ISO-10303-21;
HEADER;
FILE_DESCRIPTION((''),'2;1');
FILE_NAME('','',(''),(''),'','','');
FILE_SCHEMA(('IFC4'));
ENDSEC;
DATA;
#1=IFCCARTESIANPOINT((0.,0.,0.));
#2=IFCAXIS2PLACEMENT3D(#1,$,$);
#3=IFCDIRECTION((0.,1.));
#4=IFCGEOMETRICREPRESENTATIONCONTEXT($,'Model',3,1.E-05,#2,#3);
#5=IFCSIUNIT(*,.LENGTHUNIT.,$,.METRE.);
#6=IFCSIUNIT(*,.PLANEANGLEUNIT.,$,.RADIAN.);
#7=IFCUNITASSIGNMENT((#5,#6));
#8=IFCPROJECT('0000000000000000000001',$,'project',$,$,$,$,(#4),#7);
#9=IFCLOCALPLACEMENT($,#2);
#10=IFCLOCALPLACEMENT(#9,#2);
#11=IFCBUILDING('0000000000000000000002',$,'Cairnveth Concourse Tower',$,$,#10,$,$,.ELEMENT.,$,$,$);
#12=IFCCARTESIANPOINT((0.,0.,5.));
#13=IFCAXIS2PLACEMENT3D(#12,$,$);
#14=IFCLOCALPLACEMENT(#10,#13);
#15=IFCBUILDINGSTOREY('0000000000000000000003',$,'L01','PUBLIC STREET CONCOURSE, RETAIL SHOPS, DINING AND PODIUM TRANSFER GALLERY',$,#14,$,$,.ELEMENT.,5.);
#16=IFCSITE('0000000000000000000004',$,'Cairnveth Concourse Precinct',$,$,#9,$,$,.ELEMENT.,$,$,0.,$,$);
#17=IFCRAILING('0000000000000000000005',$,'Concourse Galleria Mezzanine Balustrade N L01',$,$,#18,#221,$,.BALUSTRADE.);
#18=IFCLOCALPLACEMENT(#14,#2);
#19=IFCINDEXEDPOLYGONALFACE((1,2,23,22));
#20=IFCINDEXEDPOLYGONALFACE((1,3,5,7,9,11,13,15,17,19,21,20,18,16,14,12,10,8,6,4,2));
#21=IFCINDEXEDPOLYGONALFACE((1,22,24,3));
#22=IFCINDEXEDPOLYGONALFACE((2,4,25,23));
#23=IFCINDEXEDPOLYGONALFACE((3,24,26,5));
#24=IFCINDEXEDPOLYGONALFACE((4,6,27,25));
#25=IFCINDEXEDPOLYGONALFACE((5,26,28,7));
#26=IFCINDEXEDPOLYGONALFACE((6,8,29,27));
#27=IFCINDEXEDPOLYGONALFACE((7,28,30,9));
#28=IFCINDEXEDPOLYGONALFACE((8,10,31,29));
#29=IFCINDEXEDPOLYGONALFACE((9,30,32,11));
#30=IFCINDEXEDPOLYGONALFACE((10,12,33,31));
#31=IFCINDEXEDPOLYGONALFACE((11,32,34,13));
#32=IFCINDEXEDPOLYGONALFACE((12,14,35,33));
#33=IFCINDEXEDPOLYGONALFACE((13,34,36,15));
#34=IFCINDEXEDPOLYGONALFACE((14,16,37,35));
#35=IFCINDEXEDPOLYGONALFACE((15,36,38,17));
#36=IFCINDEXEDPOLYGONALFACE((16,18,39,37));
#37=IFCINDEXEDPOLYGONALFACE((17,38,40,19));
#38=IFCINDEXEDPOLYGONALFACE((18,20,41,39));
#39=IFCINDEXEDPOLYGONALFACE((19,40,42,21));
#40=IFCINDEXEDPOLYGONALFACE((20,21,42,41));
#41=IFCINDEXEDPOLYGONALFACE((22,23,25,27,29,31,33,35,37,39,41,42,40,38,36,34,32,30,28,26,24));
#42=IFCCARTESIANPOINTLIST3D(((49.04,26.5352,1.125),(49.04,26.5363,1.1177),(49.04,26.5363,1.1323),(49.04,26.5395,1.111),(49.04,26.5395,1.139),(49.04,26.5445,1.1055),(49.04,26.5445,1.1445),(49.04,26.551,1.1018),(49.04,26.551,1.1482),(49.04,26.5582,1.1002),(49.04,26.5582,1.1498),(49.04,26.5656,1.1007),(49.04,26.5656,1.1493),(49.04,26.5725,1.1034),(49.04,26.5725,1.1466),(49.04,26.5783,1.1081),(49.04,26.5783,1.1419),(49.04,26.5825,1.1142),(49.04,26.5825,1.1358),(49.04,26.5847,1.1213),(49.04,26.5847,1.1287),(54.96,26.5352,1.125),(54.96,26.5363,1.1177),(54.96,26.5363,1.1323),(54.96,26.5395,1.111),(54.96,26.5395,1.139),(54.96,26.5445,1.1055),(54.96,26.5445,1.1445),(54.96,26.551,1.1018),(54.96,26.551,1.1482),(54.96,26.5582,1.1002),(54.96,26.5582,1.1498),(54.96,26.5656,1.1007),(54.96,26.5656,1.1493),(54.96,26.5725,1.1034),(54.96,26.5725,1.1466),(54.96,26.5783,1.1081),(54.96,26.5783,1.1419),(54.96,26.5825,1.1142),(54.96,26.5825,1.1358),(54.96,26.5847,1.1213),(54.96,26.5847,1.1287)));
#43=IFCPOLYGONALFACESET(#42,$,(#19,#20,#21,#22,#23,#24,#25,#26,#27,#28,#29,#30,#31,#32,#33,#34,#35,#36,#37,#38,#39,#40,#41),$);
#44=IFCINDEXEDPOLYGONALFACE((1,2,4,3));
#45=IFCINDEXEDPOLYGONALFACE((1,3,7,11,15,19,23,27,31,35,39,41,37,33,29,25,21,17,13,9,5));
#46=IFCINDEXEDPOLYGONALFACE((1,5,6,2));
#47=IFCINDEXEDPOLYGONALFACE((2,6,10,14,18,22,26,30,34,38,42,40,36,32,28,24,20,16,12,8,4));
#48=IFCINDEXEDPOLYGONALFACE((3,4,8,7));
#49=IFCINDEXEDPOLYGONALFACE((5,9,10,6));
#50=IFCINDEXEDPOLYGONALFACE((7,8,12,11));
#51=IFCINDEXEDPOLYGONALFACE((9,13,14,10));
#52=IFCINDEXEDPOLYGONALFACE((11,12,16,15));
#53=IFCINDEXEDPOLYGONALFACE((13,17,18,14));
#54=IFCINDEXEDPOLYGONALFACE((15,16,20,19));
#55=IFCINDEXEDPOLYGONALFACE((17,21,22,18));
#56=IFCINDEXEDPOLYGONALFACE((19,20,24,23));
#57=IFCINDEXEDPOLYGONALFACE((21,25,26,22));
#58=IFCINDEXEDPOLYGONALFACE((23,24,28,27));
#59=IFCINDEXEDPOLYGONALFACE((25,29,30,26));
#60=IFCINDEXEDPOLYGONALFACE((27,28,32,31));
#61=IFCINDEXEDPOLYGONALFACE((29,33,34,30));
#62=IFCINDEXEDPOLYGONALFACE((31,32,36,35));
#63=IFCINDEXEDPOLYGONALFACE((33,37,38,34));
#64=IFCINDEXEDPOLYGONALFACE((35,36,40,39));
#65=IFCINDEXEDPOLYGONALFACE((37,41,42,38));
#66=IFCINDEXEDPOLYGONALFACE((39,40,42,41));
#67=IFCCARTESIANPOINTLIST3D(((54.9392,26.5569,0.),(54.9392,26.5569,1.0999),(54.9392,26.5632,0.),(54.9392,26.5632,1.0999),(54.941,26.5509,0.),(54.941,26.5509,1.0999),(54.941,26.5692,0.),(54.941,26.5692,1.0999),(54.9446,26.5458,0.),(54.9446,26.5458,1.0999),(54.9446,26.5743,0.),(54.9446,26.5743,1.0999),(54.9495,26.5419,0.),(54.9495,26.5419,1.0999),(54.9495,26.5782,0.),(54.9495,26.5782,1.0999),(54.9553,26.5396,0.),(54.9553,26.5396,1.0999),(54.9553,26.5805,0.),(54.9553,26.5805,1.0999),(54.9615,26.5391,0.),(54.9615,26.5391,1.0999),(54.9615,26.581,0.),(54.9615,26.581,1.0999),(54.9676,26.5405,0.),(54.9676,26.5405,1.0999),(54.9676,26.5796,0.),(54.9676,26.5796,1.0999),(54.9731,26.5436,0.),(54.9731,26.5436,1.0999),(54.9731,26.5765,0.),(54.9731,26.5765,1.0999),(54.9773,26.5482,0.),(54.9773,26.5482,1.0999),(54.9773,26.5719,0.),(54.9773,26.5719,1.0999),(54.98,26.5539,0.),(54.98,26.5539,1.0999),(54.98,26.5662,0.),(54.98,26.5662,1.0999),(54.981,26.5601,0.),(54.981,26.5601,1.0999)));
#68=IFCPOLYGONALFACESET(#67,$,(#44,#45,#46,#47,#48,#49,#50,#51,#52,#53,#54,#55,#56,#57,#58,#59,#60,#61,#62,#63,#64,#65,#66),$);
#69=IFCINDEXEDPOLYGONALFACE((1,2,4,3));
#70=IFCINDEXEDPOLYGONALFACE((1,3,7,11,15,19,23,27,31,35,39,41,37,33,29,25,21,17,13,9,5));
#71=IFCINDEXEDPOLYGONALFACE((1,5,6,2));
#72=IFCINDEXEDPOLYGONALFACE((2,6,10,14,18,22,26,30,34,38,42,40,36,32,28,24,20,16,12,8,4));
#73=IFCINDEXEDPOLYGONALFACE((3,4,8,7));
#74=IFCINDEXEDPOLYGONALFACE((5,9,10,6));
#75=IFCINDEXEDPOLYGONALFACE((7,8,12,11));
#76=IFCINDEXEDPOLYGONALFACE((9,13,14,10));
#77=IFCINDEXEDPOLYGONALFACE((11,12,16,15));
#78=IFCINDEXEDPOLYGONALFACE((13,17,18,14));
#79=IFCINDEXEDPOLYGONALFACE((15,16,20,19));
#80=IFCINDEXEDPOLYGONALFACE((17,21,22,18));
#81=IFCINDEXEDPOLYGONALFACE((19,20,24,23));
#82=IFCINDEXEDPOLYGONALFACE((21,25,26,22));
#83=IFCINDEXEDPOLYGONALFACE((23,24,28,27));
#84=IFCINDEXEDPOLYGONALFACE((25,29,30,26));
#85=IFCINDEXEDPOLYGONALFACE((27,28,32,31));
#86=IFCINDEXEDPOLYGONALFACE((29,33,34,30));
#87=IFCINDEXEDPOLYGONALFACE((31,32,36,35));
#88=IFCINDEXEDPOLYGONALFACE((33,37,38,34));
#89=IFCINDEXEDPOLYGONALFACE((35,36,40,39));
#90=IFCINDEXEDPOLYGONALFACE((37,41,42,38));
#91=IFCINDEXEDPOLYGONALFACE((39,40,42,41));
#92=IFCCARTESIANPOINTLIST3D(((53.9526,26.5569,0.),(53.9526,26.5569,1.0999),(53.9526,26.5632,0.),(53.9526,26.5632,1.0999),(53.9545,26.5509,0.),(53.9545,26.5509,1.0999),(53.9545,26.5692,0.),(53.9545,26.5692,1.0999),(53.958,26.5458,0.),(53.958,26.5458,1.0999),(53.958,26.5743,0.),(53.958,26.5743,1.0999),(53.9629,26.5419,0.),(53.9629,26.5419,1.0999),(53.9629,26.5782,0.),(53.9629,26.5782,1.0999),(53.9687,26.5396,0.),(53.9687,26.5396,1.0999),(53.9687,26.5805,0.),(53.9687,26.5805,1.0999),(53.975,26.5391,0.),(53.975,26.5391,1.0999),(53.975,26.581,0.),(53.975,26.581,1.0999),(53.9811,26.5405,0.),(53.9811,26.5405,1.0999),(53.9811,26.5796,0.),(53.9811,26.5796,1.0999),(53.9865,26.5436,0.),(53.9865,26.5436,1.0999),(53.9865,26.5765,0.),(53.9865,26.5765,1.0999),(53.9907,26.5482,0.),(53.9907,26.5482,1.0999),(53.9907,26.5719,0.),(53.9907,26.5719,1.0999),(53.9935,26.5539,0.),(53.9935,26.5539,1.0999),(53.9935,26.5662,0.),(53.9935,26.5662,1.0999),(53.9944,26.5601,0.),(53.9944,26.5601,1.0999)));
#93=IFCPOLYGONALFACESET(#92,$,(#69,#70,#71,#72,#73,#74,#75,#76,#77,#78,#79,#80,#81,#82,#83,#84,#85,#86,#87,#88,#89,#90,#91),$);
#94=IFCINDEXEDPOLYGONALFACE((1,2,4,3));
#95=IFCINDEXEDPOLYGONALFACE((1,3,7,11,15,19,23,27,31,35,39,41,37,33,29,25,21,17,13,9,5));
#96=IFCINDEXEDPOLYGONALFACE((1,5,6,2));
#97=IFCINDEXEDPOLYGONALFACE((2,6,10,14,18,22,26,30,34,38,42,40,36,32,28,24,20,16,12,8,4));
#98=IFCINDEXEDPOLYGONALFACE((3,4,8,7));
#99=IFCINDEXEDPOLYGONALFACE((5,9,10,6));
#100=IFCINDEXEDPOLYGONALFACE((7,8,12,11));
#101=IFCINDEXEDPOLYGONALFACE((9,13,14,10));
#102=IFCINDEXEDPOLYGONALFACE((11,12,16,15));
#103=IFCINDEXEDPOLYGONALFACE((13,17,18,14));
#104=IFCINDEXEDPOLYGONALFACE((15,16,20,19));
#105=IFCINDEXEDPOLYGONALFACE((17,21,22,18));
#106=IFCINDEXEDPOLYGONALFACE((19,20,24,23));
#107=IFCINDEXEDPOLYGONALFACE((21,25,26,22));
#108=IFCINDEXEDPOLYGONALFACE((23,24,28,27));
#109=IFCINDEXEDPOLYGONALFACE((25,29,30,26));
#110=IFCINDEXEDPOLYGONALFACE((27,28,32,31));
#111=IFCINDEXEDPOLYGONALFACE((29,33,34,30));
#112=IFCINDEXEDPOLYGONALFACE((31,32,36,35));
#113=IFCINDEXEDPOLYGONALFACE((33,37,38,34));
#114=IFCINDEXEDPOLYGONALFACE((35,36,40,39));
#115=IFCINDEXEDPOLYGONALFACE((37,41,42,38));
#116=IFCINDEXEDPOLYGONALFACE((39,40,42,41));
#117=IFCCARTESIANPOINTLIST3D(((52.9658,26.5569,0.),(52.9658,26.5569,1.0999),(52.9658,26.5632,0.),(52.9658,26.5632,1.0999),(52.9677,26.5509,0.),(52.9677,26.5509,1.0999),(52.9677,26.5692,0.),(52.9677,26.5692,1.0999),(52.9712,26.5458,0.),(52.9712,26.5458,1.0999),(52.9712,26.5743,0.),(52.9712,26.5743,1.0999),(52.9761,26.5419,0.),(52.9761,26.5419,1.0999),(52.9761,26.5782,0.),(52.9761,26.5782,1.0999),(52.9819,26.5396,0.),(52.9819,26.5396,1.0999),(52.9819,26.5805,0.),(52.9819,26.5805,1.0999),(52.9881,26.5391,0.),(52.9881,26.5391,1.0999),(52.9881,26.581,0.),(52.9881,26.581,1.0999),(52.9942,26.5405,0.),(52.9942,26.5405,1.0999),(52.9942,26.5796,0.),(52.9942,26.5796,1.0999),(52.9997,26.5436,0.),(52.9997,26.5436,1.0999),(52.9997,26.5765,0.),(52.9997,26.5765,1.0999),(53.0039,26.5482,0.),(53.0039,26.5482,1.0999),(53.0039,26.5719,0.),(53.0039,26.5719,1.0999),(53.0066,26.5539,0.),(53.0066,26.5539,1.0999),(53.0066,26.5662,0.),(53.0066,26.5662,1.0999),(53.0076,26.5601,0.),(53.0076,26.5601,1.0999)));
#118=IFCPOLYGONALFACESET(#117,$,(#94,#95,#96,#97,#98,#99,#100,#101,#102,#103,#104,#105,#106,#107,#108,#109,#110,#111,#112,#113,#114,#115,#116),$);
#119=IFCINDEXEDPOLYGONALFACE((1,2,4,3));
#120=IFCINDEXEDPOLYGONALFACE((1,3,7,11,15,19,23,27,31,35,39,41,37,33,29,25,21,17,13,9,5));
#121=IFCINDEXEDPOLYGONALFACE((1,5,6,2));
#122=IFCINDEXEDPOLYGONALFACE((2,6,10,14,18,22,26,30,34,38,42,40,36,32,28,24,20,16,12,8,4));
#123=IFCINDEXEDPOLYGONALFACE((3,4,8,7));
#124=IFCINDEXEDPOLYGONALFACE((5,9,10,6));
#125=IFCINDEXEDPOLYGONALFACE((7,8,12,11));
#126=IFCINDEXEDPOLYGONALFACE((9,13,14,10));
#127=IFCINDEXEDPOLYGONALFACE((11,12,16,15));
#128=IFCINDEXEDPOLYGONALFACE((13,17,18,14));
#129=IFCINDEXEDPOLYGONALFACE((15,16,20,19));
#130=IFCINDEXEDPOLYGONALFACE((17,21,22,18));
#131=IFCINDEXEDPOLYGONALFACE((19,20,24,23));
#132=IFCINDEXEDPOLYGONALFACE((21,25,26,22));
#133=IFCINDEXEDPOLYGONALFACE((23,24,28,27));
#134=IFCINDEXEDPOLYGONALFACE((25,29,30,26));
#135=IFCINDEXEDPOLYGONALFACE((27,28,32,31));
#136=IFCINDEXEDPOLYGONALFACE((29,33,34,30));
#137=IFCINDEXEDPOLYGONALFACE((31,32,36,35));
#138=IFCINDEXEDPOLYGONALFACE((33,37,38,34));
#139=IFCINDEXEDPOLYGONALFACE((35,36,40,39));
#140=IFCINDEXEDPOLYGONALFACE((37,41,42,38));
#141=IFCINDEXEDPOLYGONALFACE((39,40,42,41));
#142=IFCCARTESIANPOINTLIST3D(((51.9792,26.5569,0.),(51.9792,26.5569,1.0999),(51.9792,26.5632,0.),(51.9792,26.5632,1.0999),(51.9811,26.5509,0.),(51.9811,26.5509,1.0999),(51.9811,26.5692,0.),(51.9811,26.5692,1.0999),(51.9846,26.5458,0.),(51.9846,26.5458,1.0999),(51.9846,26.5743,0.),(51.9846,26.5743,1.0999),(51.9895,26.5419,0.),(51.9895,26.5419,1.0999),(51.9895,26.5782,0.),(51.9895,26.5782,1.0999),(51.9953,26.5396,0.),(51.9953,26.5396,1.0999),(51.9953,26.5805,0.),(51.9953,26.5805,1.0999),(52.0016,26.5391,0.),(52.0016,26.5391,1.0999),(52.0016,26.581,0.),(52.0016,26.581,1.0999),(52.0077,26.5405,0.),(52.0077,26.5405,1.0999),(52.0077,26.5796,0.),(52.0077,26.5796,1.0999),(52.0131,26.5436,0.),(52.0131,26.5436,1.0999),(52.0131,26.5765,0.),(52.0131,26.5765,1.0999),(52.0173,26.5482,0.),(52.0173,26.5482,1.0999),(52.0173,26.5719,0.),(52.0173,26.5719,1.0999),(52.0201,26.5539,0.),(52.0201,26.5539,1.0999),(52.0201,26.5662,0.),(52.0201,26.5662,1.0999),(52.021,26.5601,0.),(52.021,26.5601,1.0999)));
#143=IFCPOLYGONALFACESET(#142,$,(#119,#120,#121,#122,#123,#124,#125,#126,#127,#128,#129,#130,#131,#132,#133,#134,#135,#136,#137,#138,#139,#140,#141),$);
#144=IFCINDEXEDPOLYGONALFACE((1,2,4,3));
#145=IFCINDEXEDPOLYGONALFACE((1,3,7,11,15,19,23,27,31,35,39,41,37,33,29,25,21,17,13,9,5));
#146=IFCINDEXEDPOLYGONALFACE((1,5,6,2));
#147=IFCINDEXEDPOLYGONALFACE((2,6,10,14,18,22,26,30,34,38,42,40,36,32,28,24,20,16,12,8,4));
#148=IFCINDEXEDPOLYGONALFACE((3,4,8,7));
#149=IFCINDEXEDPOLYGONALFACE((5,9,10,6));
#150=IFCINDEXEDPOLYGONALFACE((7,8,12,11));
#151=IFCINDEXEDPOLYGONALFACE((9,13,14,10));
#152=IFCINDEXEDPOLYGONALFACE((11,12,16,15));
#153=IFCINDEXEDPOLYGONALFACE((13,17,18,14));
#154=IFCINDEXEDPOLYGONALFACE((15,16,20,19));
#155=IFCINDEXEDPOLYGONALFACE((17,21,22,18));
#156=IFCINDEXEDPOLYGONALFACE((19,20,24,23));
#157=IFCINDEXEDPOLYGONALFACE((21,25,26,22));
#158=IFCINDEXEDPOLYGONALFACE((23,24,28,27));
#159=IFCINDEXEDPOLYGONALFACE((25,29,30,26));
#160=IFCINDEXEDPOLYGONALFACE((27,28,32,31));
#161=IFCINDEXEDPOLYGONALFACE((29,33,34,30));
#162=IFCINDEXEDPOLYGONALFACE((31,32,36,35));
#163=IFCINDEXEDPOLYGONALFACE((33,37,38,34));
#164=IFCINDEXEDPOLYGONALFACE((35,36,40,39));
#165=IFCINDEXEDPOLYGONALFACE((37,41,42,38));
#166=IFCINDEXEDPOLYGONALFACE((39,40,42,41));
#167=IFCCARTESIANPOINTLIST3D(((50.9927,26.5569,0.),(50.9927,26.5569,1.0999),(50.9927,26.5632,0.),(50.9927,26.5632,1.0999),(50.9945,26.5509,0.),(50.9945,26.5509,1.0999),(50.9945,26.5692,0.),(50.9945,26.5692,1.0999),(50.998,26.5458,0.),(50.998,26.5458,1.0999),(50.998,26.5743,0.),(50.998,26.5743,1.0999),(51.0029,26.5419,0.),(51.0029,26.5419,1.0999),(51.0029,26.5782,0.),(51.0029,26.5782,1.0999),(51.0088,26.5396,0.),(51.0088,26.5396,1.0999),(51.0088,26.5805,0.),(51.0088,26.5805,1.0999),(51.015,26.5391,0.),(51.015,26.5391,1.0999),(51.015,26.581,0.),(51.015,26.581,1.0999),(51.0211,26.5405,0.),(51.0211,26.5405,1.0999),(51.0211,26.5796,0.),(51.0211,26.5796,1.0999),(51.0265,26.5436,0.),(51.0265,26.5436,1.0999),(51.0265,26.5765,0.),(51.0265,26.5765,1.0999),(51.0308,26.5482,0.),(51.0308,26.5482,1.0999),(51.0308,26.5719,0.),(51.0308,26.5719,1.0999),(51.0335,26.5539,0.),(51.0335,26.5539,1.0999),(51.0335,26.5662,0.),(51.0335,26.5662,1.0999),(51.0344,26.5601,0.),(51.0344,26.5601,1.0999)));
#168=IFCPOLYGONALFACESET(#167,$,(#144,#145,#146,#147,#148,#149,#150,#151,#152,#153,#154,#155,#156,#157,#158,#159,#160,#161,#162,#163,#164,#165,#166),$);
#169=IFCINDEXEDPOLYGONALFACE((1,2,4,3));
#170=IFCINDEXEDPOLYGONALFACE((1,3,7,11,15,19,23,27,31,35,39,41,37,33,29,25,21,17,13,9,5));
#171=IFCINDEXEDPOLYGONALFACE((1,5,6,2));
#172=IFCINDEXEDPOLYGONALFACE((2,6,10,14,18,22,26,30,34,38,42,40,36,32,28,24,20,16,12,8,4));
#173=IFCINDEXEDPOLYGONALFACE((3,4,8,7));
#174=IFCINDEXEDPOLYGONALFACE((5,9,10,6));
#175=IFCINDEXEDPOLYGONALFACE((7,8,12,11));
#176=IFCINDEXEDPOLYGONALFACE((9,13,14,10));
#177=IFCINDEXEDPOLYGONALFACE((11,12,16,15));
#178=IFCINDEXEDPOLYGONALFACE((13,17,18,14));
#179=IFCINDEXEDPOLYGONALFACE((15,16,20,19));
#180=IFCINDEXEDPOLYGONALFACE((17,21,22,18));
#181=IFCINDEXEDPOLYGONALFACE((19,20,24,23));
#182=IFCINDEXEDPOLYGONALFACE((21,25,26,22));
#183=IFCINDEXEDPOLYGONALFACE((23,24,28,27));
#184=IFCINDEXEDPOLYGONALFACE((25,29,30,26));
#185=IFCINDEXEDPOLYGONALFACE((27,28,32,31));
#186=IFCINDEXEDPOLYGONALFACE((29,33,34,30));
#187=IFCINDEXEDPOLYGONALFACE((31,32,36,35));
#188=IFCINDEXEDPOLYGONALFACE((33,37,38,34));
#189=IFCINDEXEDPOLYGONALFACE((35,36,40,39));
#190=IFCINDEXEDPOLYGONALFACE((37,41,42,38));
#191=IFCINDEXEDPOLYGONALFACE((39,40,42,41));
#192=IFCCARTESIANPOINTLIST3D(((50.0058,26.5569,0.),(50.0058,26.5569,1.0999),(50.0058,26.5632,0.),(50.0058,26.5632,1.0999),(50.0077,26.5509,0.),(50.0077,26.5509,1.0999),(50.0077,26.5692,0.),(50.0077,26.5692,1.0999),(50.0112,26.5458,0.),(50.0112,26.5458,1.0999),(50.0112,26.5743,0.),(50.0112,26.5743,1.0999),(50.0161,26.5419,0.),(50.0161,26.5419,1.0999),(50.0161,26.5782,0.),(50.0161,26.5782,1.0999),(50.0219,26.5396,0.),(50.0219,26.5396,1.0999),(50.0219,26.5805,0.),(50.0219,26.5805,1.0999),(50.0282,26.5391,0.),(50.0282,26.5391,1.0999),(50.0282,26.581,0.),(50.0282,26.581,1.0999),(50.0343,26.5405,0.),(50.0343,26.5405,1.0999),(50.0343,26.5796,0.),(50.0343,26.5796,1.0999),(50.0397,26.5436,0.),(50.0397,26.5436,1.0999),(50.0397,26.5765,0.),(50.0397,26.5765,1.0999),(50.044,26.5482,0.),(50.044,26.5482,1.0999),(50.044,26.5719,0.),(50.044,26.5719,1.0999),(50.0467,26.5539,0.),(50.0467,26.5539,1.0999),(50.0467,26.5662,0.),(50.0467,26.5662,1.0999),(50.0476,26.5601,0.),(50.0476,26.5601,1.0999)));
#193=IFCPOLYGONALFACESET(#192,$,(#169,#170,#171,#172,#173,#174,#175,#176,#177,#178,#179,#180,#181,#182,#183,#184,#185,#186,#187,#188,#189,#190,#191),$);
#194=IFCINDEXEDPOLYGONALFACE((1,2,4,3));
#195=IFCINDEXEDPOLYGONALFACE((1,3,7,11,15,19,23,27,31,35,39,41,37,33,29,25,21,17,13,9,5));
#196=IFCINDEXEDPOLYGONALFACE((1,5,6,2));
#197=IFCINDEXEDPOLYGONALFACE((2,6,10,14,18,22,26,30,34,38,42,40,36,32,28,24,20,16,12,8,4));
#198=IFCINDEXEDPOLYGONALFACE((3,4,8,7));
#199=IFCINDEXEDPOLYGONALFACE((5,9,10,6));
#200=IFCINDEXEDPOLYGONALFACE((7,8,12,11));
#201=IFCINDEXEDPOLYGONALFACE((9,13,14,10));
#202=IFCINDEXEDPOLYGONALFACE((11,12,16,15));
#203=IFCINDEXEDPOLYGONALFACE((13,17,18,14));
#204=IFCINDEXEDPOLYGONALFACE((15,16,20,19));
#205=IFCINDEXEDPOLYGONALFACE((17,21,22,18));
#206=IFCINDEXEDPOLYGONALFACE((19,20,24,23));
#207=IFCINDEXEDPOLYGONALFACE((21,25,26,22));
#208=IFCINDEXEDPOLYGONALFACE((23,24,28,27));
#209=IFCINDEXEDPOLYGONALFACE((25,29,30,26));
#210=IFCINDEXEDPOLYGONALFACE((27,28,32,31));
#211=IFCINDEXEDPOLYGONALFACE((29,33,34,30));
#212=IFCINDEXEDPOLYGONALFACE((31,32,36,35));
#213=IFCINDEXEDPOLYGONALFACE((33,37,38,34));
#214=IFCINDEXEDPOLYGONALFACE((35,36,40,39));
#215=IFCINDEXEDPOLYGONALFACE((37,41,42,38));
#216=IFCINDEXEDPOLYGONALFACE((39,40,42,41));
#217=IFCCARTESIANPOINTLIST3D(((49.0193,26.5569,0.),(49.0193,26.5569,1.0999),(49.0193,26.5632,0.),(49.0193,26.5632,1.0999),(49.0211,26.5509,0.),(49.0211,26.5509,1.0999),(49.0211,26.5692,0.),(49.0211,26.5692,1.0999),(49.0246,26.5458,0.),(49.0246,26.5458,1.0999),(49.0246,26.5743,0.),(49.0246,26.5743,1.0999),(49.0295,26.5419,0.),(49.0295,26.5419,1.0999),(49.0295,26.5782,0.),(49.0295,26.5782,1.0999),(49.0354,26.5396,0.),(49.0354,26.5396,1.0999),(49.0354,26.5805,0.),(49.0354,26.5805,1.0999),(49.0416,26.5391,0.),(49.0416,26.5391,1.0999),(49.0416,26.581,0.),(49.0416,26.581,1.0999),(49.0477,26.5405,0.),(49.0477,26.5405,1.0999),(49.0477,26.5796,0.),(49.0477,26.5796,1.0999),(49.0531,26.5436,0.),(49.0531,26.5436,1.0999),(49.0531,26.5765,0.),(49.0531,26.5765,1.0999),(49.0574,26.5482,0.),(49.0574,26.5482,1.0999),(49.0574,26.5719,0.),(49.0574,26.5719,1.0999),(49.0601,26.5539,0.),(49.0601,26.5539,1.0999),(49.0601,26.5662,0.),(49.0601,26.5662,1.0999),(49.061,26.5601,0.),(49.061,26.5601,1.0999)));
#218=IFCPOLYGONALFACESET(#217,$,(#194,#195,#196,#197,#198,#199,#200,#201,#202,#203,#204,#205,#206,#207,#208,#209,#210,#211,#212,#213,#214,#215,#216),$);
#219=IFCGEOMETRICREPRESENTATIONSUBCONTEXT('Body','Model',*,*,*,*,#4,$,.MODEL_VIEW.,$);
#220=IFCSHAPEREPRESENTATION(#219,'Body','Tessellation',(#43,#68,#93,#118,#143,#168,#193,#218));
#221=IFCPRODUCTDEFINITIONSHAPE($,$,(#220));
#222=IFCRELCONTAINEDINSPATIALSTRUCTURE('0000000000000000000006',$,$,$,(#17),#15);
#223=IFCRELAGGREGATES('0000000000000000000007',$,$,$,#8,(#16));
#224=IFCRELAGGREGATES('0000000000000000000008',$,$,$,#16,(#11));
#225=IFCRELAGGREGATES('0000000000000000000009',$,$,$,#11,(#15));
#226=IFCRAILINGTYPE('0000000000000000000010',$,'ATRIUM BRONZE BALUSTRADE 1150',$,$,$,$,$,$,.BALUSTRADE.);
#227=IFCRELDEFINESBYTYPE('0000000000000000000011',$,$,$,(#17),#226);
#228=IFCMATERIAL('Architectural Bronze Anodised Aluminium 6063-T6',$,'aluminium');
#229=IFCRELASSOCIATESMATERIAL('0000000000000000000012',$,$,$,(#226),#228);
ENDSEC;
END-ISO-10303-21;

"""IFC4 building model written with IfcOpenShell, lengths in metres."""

from ifc_helpers import new_model, si_unit, direction, frame, origin, origin_2d, place, context, subcontext, project, spatial, circle, extrude, material, type_object, element, save


model = new_model("IFC4")

# Units and contexts
model_context = context("Model", 3, precision=1e-05, world=origin(), true_north=direction((0.0, 1.0)))
body_context = subcontext(model_context, "Body", "Model", "MODEL_VIEW")
ifc_project = project(units=[si_unit("LENGTHUNIT", "METRE"), si_unit("PLANEANGLEUNIT", "RADIAN")], contexts=[model_context])

# Site, building, storey
site_placement = place(None, origin())
site = spatial("IfcSite", under=ifc_project, at=site_placement, Name="Cairnveth Concourse Precinct", CompositionType="ELEMENT", RefElevation=0.0)
building_placement = place(site_placement, origin())
building = spatial("IfcBuilding", under=site, at=building_placement, Name="Cairnveth Concourse Tower", CompositionType="ELEMENT")
storey_placement = place(building_placement, frame((0.0, 0.0, 5.0)))
storey = spatial("IfcBuildingStorey", under=building, at=storey_placement, Name="L01", Description="PUBLIC STREET CONCOURSE, RETAIL SHOPS, DINING AND PODIUM TRANSFER GALLERY", CompositionType="ELEMENT", Elevation=5.0)

# Shared definitions
ifc_material_1 = material(Name="Architectural Bronze Anodised Aluminium 6063-T6", Category="aluminium")

# Railing
railing_type_1 = type_object("IfcRailingType", Name="ATRIUM BRONZE BALUSTRADE 1150", PredefinedType="BALUSTRADE", material=ifc_material_1)
railing_1_placement = place(storey_placement, frame((54.96, 26.5601, 0.0)))
element("IfcRailing", 1, at=railing_1_placement, inside=storey, type_object=railing_type_1, Name="Concourse Galleria Mezzanine Balustrade N L01", PredefinedType="BALUSTRADE", context=body_context, shape_type="SweptSolid", body=[
    extrude(circle(Radius=0.0249, at=origin_2d()), frame((0.0, 0.0, 1.125), z_axis=(-1.0, 0.0, 0.0), x_axis=(0.0, -1.0, 0.0)), (0.0, 0.0, 1.0), 5.9199),
    extrude(circle(Radius=0.021, at=origin_2d()), origin(), (0.0, 0.0, 1.0), 1.0999),
    extrude(circle(Radius=0.021, at=origin_2d()), frame((-0.9866, 0.0, 0.0)), (0.0, 0.0, 1.0), 1.0999),
    extrude(circle(Radius=0.021, at=origin_2d()), frame((-1.9734, 0.0, 0.0)), (0.0, 0.0, 1.0), 1.0999),
    extrude(circle(Radius=0.021, at=origin_2d()), frame((-2.96, 0.0, 0.0)), (0.0, 0.0, 1.0), 1.0999),
    extrude(circle(Radius=0.021, at=origin_2d()), frame((-3.9465, 0.0, 0.0)), (0.0, 0.0, 1.0), 1.0999),
    extrude(circle(Radius=0.021, at=origin_2d()), frame((-4.9333, 0.0, 0.0)), (0.0, 0.0, 1.0), 1.0999),
    extrude(circle(Radius=0.021, at=origin_2d()), frame((-5.9199, 0.0, 0.0)), (0.0, 0.0, 1.0), 1.0999),
])

save(model, "model.ifc")
